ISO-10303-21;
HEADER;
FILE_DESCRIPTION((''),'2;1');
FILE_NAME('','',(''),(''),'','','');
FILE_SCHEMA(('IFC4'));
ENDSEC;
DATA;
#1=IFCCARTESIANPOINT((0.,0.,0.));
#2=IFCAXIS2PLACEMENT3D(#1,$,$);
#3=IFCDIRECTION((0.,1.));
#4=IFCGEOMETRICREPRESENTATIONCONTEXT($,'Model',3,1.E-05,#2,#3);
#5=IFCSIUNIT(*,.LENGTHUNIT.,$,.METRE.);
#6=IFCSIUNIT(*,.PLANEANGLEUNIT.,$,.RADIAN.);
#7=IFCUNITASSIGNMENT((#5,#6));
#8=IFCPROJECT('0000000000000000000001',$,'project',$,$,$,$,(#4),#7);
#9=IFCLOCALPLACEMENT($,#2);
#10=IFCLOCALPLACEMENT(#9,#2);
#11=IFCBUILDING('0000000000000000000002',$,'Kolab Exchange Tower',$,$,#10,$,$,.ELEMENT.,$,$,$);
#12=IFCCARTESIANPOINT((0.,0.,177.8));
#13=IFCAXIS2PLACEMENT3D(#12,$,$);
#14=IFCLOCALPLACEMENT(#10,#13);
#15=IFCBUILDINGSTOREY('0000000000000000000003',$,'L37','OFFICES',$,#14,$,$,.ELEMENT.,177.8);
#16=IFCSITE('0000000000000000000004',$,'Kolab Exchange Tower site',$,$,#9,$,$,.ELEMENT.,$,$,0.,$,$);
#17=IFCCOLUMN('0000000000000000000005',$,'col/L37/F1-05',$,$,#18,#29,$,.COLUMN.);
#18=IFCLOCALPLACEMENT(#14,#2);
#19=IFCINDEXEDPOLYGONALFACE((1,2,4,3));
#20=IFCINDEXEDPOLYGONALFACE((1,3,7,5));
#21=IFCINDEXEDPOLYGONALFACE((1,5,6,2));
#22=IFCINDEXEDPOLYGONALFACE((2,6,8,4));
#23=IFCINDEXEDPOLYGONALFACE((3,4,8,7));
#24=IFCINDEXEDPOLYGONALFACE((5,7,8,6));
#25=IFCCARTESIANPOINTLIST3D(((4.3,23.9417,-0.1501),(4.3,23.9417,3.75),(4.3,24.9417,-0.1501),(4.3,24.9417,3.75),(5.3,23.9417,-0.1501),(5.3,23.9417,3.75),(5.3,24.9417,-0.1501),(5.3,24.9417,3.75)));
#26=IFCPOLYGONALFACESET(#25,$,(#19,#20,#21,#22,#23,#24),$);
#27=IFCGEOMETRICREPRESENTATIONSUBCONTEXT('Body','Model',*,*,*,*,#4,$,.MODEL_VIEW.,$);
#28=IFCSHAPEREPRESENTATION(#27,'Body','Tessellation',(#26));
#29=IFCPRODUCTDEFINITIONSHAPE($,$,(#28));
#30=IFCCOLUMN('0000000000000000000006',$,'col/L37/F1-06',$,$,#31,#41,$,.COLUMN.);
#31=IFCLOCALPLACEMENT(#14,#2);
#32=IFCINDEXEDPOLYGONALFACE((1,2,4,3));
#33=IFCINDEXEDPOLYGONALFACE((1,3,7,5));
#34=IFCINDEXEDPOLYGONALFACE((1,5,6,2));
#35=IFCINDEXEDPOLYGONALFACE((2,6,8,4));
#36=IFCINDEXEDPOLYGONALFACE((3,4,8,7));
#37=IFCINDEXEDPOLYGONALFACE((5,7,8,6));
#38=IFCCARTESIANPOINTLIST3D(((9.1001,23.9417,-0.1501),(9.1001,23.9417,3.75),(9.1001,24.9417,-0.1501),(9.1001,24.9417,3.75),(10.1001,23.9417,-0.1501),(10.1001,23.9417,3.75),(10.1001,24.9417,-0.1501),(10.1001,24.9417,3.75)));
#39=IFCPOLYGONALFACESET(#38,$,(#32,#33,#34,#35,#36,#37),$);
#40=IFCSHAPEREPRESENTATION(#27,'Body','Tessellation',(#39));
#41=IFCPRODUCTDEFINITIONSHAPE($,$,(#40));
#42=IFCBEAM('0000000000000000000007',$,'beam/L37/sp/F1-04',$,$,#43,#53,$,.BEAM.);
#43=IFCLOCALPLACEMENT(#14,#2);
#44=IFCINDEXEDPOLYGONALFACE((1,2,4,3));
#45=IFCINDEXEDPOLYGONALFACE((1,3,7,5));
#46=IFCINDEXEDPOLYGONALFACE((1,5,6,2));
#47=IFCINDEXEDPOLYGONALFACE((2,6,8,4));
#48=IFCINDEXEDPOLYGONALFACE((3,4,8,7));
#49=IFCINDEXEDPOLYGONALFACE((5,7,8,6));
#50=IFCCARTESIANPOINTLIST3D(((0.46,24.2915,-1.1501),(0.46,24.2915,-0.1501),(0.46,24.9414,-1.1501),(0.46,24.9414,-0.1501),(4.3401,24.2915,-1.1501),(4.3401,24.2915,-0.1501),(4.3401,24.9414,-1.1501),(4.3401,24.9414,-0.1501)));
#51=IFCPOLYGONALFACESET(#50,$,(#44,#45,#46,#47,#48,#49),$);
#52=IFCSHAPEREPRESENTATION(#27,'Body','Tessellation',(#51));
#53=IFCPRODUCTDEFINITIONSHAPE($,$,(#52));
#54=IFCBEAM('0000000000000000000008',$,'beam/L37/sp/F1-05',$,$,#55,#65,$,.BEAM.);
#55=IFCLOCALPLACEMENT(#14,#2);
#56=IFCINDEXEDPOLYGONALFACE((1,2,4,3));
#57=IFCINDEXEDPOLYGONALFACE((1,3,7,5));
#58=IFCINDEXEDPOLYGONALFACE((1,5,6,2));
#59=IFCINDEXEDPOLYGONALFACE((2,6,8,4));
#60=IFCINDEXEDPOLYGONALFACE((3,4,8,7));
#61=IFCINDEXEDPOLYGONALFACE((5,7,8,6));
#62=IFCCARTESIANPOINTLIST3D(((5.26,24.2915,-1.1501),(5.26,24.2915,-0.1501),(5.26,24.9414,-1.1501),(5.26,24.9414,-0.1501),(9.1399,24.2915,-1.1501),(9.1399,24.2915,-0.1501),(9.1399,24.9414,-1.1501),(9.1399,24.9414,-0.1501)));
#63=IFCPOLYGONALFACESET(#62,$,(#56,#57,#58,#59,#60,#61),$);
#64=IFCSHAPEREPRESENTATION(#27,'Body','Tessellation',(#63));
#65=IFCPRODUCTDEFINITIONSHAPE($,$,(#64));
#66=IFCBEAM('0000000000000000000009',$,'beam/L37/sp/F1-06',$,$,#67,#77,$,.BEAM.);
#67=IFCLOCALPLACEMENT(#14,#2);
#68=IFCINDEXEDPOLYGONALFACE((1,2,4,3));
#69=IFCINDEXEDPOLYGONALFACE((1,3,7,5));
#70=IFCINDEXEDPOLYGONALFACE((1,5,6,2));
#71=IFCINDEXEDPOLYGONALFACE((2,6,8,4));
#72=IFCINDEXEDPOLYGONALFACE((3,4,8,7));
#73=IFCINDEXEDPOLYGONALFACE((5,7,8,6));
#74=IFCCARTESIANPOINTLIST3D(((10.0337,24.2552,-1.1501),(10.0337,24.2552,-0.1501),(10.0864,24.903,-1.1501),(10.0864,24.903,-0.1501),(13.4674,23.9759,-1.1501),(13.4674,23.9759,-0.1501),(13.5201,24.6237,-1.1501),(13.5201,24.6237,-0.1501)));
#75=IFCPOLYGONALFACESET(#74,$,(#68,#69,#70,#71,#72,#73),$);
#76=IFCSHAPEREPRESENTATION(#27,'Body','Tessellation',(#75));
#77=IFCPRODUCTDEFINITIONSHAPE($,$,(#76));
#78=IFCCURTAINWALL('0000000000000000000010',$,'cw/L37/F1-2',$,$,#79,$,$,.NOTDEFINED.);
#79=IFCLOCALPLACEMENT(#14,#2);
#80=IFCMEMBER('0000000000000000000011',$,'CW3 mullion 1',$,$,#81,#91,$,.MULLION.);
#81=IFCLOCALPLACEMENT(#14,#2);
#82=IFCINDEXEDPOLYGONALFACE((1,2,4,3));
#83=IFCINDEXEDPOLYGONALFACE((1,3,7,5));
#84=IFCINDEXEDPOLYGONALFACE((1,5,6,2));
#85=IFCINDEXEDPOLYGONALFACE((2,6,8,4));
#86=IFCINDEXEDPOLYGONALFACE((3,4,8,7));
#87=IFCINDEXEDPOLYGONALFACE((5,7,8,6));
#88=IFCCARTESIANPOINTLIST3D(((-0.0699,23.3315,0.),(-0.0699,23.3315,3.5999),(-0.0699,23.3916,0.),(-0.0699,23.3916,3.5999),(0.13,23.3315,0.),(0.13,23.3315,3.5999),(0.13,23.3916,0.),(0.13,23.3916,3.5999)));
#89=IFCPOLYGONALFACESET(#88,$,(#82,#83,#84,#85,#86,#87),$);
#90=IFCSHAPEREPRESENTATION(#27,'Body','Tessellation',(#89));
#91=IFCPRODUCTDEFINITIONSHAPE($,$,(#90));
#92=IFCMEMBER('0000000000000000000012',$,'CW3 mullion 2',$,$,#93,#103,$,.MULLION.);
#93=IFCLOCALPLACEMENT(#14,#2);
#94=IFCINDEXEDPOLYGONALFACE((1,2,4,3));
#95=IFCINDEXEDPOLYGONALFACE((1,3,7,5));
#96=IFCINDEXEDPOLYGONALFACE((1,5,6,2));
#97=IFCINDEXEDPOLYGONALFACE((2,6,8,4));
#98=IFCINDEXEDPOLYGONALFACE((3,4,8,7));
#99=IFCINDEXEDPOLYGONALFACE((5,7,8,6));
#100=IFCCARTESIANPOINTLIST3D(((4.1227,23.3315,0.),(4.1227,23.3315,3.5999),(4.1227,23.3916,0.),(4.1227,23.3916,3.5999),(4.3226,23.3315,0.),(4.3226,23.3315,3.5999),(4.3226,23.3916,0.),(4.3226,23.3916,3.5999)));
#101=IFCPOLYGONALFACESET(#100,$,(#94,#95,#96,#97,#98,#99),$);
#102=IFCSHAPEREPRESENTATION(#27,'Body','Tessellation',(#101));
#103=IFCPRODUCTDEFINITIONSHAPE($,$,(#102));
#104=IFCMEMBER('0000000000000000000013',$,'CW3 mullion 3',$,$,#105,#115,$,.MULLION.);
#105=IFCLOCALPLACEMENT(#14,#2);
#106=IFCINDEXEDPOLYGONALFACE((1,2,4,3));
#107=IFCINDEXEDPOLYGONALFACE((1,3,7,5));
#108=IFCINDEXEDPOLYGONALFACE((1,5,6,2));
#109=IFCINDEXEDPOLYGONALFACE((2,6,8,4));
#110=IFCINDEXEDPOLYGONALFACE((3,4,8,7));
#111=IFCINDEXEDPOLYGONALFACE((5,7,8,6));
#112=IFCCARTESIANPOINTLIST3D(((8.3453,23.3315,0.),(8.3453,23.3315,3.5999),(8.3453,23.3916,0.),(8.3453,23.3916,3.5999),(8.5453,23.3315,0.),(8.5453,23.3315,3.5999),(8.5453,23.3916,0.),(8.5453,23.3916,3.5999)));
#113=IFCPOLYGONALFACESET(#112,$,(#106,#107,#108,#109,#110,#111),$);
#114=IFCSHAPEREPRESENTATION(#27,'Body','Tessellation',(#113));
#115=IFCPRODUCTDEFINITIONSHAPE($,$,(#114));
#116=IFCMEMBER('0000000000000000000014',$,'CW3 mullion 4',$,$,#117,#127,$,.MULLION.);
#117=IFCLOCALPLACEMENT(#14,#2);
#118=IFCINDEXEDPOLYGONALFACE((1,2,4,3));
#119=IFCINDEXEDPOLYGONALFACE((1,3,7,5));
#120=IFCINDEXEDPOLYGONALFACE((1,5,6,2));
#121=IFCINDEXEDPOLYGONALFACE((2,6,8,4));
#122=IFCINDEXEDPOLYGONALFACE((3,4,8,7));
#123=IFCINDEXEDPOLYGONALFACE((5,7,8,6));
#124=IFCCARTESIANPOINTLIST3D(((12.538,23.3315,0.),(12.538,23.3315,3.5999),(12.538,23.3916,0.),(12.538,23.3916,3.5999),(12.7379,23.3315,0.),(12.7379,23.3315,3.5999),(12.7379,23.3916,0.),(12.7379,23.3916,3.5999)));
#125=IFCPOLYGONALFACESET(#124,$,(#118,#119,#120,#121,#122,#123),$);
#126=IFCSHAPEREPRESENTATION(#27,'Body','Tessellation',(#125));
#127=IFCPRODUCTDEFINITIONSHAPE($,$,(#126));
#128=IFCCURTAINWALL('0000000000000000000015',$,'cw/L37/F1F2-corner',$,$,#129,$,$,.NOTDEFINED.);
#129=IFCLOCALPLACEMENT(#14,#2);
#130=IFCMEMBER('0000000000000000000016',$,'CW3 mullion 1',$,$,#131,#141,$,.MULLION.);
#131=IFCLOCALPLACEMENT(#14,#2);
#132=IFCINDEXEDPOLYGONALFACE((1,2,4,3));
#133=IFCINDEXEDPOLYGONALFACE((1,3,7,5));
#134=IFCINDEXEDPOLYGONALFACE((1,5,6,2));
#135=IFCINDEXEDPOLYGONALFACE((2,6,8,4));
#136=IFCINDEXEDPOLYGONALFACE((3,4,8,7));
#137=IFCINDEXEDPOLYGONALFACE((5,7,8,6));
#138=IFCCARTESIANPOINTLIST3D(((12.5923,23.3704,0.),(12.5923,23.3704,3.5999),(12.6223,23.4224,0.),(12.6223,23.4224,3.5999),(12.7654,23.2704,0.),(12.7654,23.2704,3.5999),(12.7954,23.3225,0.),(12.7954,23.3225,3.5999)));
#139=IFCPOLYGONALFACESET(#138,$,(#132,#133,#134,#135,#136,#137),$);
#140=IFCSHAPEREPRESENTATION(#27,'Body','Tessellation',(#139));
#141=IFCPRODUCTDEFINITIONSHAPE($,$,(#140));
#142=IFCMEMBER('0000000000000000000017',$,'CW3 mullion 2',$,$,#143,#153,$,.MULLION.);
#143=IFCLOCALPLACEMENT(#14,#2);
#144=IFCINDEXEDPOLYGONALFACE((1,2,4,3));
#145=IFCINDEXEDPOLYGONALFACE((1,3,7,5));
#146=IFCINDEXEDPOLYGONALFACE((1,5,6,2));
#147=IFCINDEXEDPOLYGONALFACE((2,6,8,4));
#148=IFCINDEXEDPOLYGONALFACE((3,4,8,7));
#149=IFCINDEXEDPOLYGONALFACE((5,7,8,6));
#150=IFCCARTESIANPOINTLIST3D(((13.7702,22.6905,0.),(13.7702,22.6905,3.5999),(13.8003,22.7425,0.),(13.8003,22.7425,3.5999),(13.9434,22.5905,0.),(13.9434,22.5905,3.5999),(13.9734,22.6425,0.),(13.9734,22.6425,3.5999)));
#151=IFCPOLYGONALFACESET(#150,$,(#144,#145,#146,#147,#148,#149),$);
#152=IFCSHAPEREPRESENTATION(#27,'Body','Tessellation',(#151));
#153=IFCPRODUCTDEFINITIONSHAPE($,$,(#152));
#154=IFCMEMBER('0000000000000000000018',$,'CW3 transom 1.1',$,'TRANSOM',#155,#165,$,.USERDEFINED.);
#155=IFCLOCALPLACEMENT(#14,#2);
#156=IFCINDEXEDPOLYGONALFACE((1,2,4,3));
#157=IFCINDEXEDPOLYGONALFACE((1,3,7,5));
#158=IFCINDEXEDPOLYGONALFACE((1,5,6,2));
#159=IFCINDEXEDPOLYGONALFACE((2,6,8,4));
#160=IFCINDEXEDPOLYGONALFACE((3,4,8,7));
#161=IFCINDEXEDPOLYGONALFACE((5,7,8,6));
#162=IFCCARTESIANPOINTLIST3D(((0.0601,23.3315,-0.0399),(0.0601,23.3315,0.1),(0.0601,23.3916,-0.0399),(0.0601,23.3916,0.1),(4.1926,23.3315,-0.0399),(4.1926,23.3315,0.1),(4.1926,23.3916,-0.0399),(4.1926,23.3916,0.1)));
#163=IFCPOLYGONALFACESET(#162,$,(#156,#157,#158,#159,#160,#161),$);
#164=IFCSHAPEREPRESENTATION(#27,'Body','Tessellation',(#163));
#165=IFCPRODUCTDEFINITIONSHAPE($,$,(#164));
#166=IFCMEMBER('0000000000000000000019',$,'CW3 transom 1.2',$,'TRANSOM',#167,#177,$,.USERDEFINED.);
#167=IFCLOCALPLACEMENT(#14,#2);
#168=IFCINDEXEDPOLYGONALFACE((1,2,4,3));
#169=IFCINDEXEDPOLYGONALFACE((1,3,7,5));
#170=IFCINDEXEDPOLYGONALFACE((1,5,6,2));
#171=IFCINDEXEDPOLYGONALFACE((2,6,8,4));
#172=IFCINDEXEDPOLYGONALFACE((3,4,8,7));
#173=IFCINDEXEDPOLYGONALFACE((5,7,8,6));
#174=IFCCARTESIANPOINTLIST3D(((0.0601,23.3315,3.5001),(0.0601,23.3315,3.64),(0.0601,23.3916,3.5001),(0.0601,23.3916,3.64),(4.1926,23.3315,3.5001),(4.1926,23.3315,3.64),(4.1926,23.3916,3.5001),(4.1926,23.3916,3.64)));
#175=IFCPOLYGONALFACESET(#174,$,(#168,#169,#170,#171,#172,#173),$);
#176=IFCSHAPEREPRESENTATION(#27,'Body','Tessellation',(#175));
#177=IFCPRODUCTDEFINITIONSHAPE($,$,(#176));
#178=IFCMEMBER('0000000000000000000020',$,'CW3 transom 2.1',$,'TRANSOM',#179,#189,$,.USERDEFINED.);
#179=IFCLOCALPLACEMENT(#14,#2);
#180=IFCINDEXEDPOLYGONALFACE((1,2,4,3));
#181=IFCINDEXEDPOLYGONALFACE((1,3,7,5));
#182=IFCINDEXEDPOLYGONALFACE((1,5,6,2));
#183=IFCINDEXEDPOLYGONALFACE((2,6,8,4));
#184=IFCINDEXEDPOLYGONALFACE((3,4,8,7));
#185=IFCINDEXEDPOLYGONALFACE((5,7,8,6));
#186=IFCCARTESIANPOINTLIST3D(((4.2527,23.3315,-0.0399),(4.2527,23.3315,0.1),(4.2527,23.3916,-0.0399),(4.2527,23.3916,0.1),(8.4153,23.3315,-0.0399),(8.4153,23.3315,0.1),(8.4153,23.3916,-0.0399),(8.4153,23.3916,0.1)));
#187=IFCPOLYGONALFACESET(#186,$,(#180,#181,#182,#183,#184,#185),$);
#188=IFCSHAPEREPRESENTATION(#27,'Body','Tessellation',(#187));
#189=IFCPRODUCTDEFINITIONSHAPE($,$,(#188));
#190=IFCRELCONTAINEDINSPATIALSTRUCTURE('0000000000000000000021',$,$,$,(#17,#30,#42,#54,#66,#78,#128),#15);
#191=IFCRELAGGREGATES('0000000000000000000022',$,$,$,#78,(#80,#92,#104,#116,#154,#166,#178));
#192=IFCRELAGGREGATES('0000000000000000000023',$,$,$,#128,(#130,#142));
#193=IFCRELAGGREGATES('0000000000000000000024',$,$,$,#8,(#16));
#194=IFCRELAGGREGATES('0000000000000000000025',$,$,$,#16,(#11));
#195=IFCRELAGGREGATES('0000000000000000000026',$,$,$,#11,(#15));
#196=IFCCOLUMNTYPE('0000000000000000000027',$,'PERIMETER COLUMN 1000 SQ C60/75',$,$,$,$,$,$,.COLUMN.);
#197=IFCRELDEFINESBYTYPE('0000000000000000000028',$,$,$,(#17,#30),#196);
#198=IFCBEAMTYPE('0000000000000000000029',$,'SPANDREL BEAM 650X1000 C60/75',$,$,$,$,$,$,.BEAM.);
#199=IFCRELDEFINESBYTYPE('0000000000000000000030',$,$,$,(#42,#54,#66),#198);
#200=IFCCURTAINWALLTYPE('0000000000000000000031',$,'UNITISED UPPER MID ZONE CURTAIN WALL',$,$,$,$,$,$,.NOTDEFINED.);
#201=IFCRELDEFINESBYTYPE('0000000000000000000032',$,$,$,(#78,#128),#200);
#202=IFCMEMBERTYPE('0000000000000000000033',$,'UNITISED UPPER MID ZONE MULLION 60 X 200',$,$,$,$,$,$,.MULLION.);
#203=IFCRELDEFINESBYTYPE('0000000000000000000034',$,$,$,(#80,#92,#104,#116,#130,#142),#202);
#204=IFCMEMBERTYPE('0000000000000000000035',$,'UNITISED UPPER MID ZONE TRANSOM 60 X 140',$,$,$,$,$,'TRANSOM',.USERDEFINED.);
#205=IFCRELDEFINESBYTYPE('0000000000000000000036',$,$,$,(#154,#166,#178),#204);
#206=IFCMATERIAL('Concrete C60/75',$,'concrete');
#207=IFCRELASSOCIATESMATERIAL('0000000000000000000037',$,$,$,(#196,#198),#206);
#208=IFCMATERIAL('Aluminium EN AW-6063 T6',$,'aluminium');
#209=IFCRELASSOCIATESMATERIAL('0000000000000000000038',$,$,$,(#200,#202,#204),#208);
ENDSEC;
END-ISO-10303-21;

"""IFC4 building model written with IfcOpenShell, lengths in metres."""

from ifc_helpers import new_model, si_unit, direction, frame, origin, origin_2d, place, context, subcontext, project, spatial, rectangle, extrude, material, material_profile, profile_set, type_object, element, aggregate, save


model = new_model("IFC4")

# Units and contexts
model_context = context("Model", 3, precision=1e-05, world=origin(), true_north=direction((0.0, 1.0)))
body_context = subcontext(model_context, "Body", "Model", "MODEL_VIEW")
ifc_project = project(units=[si_unit("LENGTHUNIT", "METRE"), si_unit("PLANEANGLEUNIT", "RADIAN")], contexts=[model_context])

# Site, building, storey
site_placement = place(None, origin())
site = spatial("IfcSite", under=ifc_project, at=site_placement, Name="Kolab Exchange Tower site", CompositionType="ELEMENT", RefElevation=0.0)
building_placement = place(site_placement, origin())
building = spatial("IfcBuilding", under=site, at=building_placement, Name="Kolab Exchange Tower", CompositionType="ELEMENT")
storey_placement = place(building_placement, frame((0.0, 0.0, 177.8)))
storey = spatial("IfcBuildingStorey", under=building, at=storey_placement, Name="L37", Description="OFFICES", CompositionType="ELEMENT", Elevation=177.8)

# Columns
ifc_material_1 = material(Name="Concrete C60/75", Category="concrete")
ifc_material_profile_1 = material_profile(ifc_material_1, rectangle(XDim=1.0, YDim=1.0, at=origin_2d()), Name="RC1000")
ifc_profile_set_1 = profile_set([ifc_material_profile_1], Name="Concrete C60/75")
column_type = type_object("IfcColumnType", Name="PERIMETER COLUMN 1000 SQ C60/75", PredefinedType="COLUMN", material=ifc_profile_set_1)
for number, where, z_axis, x_axis, name in (
    (1, (4.8, 24.4417, -0.1501), (0.0, 0.0, 1.0), (1.0, 0.0, 0.0), "col/L37/F1-05"),
    (2, (9.6001, 24.4417, -0.1501), (0.0, 0.0, 1.0), (1.0, 0.0, 0.0), "col/L37/F1-06"),
):
    element("IfcColumn", number, at=place(storey_placement, frame(where, z_axis=z_axis, x_axis=x_axis)), inside=storey, type_object=column_type, Name=name, PredefinedType="COLUMN", context=body_context, shape_type="SweptSolid", body=[
        extrude(rectangle(XDim=1.0, YDim=1.0, at=origin_2d()), origin(), (0.0, 0.0, 1.0), 3.9001),
    ])

# Beams
ifc_material_profile_2 = material_profile(ifc_material_1, rectangle(XDim=0.6499, YDim=1.0, at=origin_2d()), Name="RC650X1000")
ifc_profile_set_2 = profile_set([ifc_material_profile_2], Name="Concrete C60/75")
beam_type = type_object("IfcBeamType", Name="SPANDREL BEAM 650X1000 C60/75", PredefinedType="BEAM", material=ifc_profile_set_2)
beam_1_placement = place(storey_placement, frame((0.46, 24.6165, -0.6501), z_axis=(1.0, 0.0, 0.0), x_axis=(0.0, 1.0, 0.0)))
element("IfcBeam", 3, at=beam_1_placement, inside=storey, type_object=beam_type, Name="beam/L37/sp/F1-04", PredefinedType="BEAM", context=body_context, shape_type="SweptSolid", body=[
    extrude(rectangle(XDim=0.6499, YDim=1.0, at=origin_2d()), origin(), (0.0, 0.0, 1.0), 3.8801),
])
beam_2_placement = place(storey_placement, frame((5.26, 24.6165, -0.6501), z_axis=(1.0, 0.0, 0.0), x_axis=(0.0, 1.0, 0.0)))
element("IfcBeam", 4, at=beam_2_placement, inside=storey, type_object=beam_type, Name="beam/L37/sp/F1-05", PredefinedType="BEAM", context=body_context, shape_type="SweptSolid", body=[
    extrude(rectangle(XDim=0.6499, YDim=1.0, at=origin_2d()), origin(), (0.0, 0.0, 1.0), 3.8799),
])
beam_3_placement = place(storey_placement, frame((10.0601, 24.5791, -0.6501), z_axis=(0.996708, -0.081069, 0.0), x_axis=(0.081069, 0.996708, 0.0)))
element("IfcBeam", 5, at=beam_3_placement, inside=storey, type_object=beam_type, Name="beam/L37/sp/F1-06", PredefinedType="BEAM", context=body_context, shape_type="SweptSolid", body=[
    extrude(rectangle(XDim=0.6499, YDim=1.0, at=origin_2d()), origin(), (0.0, 0.0, 1.0), 3.4451),
])

# Curtain walls, members
ifc_material_2 = material(Name="Aluminium EN AW-6063 T6", Category="aluminium")
curtain_wall_type = type_object("IfcCurtainWallType", Name="UNITISED UPPER MID ZONE CURTAIN WALL", PredefinedType="NOTDEFINED", material=ifc_material_2)
curtain_wall_1_placement = place(storey_placement, origin())
curtain_wall_1 = element("IfcCurtainWall", 6, at=curtain_wall_1_placement, inside=storey, type_object=curtain_wall_type, Name="cw/L37/F1-2", PredefinedType="NOTDEFINED")
ifc_material_profile_3 = material_profile(ifc_material_2, rectangle(XDim=0.0601, YDim=0.2, at=origin_2d()), Name="RECT 60X200")
ifc_profile_set_3 = profile_set([ifc_material_profile_3], Name="Aluminium EN AW-6063 T6")
member_type_1 = type_object("IfcMemberType", Name="UNITISED UPPER MID ZONE MULLION 60 X 200", PredefinedType="MULLION", material=ifc_profile_set_3)
member_1_placement = place(storey_placement, frame((0.03, 23.3616, 0.0), z_axis=(0.0, 0.0, 1.0), x_axis=(0.0, 1.0, 0.0)))
member_1 = element("IfcMember", 7, at=member_1_placement, type_object=member_type_1, Name="CW3 mullion 1", PredefinedType="MULLION", context=body_context, shape_type="SweptSolid", body=[
    extrude(rectangle(XDim=0.0601, YDim=0.2, at=origin_2d()), origin(), (0.0, 0.0, 1.0), 3.5999),
])
member_2_placement = place(storey_placement, frame((4.2227, 23.3616, 0.0), z_axis=(0.0, 0.0, 1.0), x_axis=(0.0, 1.0, 0.0)))
member_2 = element("IfcMember", 8, at=member_2_placement, type_object=member_type_1, Name="CW3 mullion 2", PredefinedType="MULLION", context=body_context, shape_type="SweptSolid", body=[
    extrude(rectangle(XDim=0.0601, YDim=0.2, at=origin_2d()), origin(), (0.0, 0.0, 1.0), 3.5999),
])
member_3_placement = place(storey_placement, frame((8.4453, 23.3616, 0.0), z_axis=(0.0, 0.0, 1.0), x_axis=(0.0, 1.0, 0.0)))
member_3 = element("IfcMember", 9, at=member_3_placement, type_object=member_type_1, Name="CW3 mullion 3", PredefinedType="MULLION", context=body_context, shape_type="SweptSolid", body=[
    extrude(rectangle(XDim=0.0601, YDim=0.2, at=origin_2d()), origin(), (0.0, 0.0, 1.0), 3.5999),
])
member_4_placement = place(storey_placement, frame((12.6379, 23.3616, 0.0), z_axis=(0.0, 0.0, 1.0), x_axis=(0.0, 1.0, 0.0)))
member_4 = element("IfcMember", 10, at=member_4_placement, type_object=member_type_1, Name="CW3 mullion 4", PredefinedType="MULLION", context=body_context, shape_type="SweptSolid", body=[
    extrude(rectangle(XDim=0.0601, YDim=0.2, at=origin_2d()), origin(), (0.0, 0.0, 1.0), 3.5999),
])
curtain_wall_2_placement = place(storey_placement, origin())
curtain_wall_2 = element("IfcCurtainWall", 11, at=curtain_wall_2_placement, inside=storey, type_object=curtain_wall_type, Name="cw/L37/F1F2-corner", PredefinedType="NOTDEFINED")
member_5_placement = place(storey_placement, frame((12.6938, 23.3464, 0.0), z_axis=(0.0, 0.0, 1.0), x_axis=(0.5, 0.866025, 0.0)))
member_5 = element("IfcMember", 12, at=member_5_placement, type_object=member_type_1, Name="CW3 mullion 1", PredefinedType="MULLION", context=body_context, shape_type="SweptSolid", body=[
    extrude(rectangle(XDim=0.0601, YDim=0.2, at=origin_2d()), origin(), (0.0, 0.0, 1.0), 3.5999),
])
member_6_placement = place(storey_placement, frame((13.8718, 22.6665, 0.0), z_axis=(0.0, 0.0, 1.0), x_axis=(0.5, 0.866025, 0.0)))
member_6 = element("IfcMember", 13, at=member_6_placement, type_object=member_type_1, Name="CW3 mullion 2", PredefinedType="MULLION", context=body_context, shape_type="SweptSolid", body=[
    extrude(rectangle(XDim=0.0601, YDim=0.2, at=origin_2d()), origin(), (0.0, 0.0, 1.0), 3.5999),
])

# Members
ifc_material_profile_4 = material_profile(ifc_material_2, rectangle(XDim=0.0601, YDim=0.1399, at=origin_2d()), Name="RECT 60X140")
ifc_profile_set_4 = profile_set([ifc_material_profile_4], Name="Aluminium EN AW-6063 T6")
member_type_2 = type_object("IfcMemberType", Name="UNITISED UPPER MID ZONE TRANSOM 60 X 140", ElementType="TRANSOM", PredefinedType="USERDEFINED", material=ifc_profile_set_4)
member_7_placement = place(storey_placement, frame((0.0601, 23.3616, 0.03), z_axis=(1.0, 0.0, 0.0), x_axis=(0.0, 1.0, 0.0)))
member_7 = element("IfcMember", 14, at=member_7_placement, type_object=member_type_2, Name="CW3 transom 1.1", ObjectType="TRANSOM", PredefinedType="USERDEFINED", context=body_context, shape_type="SweptSolid", body=[
    extrude(rectangle(XDim=0.0601, YDim=0.1399, at=origin_2d()), origin(), (0.0, 0.0, 1.0), 4.1326),
])
member_8_placement = place(storey_placement, frame((0.0601, 23.3616, 3.5701), z_axis=(1.0, 0.0, 0.0), x_axis=(0.0, 1.0, 0.0)))
member_8 = element("IfcMember", 15, at=member_8_placement, type_object=member_type_2, Name="CW3 transom 1.2", ObjectType="TRANSOM", PredefinedType="USERDEFINED", context=body_context, shape_type="SweptSolid", body=[
    extrude(rectangle(XDim=0.0601, YDim=0.1399, at=origin_2d()), origin(), (0.0, 0.0, 1.0), 4.1326),
])
member_9_placement = place(storey_placement, frame((4.2527, 23.3616, 0.03), z_axis=(1.0, 0.0, 0.0), x_axis=(0.0, 1.0, 0.0)))
member_9 = element("IfcMember", 16, at=member_9_placement, type_object=member_type_2, Name="CW3 transom 2.1", ObjectType="TRANSOM", PredefinedType="USERDEFINED", context=body_context, shape_type="SweptSolid", body=[
    extrude(rectangle(XDim=0.0601, YDim=0.1399, at=origin_2d()), origin(), (0.0, 0.0, 1.0), 4.1626),
])

aggregate(curtain_wall_1, [member_1, member_2, member_3, member_4, member_7, member_8, member_9])
aggregate(curtain_wall_2, [member_5, member_6])

save(model, "model.ifc")
